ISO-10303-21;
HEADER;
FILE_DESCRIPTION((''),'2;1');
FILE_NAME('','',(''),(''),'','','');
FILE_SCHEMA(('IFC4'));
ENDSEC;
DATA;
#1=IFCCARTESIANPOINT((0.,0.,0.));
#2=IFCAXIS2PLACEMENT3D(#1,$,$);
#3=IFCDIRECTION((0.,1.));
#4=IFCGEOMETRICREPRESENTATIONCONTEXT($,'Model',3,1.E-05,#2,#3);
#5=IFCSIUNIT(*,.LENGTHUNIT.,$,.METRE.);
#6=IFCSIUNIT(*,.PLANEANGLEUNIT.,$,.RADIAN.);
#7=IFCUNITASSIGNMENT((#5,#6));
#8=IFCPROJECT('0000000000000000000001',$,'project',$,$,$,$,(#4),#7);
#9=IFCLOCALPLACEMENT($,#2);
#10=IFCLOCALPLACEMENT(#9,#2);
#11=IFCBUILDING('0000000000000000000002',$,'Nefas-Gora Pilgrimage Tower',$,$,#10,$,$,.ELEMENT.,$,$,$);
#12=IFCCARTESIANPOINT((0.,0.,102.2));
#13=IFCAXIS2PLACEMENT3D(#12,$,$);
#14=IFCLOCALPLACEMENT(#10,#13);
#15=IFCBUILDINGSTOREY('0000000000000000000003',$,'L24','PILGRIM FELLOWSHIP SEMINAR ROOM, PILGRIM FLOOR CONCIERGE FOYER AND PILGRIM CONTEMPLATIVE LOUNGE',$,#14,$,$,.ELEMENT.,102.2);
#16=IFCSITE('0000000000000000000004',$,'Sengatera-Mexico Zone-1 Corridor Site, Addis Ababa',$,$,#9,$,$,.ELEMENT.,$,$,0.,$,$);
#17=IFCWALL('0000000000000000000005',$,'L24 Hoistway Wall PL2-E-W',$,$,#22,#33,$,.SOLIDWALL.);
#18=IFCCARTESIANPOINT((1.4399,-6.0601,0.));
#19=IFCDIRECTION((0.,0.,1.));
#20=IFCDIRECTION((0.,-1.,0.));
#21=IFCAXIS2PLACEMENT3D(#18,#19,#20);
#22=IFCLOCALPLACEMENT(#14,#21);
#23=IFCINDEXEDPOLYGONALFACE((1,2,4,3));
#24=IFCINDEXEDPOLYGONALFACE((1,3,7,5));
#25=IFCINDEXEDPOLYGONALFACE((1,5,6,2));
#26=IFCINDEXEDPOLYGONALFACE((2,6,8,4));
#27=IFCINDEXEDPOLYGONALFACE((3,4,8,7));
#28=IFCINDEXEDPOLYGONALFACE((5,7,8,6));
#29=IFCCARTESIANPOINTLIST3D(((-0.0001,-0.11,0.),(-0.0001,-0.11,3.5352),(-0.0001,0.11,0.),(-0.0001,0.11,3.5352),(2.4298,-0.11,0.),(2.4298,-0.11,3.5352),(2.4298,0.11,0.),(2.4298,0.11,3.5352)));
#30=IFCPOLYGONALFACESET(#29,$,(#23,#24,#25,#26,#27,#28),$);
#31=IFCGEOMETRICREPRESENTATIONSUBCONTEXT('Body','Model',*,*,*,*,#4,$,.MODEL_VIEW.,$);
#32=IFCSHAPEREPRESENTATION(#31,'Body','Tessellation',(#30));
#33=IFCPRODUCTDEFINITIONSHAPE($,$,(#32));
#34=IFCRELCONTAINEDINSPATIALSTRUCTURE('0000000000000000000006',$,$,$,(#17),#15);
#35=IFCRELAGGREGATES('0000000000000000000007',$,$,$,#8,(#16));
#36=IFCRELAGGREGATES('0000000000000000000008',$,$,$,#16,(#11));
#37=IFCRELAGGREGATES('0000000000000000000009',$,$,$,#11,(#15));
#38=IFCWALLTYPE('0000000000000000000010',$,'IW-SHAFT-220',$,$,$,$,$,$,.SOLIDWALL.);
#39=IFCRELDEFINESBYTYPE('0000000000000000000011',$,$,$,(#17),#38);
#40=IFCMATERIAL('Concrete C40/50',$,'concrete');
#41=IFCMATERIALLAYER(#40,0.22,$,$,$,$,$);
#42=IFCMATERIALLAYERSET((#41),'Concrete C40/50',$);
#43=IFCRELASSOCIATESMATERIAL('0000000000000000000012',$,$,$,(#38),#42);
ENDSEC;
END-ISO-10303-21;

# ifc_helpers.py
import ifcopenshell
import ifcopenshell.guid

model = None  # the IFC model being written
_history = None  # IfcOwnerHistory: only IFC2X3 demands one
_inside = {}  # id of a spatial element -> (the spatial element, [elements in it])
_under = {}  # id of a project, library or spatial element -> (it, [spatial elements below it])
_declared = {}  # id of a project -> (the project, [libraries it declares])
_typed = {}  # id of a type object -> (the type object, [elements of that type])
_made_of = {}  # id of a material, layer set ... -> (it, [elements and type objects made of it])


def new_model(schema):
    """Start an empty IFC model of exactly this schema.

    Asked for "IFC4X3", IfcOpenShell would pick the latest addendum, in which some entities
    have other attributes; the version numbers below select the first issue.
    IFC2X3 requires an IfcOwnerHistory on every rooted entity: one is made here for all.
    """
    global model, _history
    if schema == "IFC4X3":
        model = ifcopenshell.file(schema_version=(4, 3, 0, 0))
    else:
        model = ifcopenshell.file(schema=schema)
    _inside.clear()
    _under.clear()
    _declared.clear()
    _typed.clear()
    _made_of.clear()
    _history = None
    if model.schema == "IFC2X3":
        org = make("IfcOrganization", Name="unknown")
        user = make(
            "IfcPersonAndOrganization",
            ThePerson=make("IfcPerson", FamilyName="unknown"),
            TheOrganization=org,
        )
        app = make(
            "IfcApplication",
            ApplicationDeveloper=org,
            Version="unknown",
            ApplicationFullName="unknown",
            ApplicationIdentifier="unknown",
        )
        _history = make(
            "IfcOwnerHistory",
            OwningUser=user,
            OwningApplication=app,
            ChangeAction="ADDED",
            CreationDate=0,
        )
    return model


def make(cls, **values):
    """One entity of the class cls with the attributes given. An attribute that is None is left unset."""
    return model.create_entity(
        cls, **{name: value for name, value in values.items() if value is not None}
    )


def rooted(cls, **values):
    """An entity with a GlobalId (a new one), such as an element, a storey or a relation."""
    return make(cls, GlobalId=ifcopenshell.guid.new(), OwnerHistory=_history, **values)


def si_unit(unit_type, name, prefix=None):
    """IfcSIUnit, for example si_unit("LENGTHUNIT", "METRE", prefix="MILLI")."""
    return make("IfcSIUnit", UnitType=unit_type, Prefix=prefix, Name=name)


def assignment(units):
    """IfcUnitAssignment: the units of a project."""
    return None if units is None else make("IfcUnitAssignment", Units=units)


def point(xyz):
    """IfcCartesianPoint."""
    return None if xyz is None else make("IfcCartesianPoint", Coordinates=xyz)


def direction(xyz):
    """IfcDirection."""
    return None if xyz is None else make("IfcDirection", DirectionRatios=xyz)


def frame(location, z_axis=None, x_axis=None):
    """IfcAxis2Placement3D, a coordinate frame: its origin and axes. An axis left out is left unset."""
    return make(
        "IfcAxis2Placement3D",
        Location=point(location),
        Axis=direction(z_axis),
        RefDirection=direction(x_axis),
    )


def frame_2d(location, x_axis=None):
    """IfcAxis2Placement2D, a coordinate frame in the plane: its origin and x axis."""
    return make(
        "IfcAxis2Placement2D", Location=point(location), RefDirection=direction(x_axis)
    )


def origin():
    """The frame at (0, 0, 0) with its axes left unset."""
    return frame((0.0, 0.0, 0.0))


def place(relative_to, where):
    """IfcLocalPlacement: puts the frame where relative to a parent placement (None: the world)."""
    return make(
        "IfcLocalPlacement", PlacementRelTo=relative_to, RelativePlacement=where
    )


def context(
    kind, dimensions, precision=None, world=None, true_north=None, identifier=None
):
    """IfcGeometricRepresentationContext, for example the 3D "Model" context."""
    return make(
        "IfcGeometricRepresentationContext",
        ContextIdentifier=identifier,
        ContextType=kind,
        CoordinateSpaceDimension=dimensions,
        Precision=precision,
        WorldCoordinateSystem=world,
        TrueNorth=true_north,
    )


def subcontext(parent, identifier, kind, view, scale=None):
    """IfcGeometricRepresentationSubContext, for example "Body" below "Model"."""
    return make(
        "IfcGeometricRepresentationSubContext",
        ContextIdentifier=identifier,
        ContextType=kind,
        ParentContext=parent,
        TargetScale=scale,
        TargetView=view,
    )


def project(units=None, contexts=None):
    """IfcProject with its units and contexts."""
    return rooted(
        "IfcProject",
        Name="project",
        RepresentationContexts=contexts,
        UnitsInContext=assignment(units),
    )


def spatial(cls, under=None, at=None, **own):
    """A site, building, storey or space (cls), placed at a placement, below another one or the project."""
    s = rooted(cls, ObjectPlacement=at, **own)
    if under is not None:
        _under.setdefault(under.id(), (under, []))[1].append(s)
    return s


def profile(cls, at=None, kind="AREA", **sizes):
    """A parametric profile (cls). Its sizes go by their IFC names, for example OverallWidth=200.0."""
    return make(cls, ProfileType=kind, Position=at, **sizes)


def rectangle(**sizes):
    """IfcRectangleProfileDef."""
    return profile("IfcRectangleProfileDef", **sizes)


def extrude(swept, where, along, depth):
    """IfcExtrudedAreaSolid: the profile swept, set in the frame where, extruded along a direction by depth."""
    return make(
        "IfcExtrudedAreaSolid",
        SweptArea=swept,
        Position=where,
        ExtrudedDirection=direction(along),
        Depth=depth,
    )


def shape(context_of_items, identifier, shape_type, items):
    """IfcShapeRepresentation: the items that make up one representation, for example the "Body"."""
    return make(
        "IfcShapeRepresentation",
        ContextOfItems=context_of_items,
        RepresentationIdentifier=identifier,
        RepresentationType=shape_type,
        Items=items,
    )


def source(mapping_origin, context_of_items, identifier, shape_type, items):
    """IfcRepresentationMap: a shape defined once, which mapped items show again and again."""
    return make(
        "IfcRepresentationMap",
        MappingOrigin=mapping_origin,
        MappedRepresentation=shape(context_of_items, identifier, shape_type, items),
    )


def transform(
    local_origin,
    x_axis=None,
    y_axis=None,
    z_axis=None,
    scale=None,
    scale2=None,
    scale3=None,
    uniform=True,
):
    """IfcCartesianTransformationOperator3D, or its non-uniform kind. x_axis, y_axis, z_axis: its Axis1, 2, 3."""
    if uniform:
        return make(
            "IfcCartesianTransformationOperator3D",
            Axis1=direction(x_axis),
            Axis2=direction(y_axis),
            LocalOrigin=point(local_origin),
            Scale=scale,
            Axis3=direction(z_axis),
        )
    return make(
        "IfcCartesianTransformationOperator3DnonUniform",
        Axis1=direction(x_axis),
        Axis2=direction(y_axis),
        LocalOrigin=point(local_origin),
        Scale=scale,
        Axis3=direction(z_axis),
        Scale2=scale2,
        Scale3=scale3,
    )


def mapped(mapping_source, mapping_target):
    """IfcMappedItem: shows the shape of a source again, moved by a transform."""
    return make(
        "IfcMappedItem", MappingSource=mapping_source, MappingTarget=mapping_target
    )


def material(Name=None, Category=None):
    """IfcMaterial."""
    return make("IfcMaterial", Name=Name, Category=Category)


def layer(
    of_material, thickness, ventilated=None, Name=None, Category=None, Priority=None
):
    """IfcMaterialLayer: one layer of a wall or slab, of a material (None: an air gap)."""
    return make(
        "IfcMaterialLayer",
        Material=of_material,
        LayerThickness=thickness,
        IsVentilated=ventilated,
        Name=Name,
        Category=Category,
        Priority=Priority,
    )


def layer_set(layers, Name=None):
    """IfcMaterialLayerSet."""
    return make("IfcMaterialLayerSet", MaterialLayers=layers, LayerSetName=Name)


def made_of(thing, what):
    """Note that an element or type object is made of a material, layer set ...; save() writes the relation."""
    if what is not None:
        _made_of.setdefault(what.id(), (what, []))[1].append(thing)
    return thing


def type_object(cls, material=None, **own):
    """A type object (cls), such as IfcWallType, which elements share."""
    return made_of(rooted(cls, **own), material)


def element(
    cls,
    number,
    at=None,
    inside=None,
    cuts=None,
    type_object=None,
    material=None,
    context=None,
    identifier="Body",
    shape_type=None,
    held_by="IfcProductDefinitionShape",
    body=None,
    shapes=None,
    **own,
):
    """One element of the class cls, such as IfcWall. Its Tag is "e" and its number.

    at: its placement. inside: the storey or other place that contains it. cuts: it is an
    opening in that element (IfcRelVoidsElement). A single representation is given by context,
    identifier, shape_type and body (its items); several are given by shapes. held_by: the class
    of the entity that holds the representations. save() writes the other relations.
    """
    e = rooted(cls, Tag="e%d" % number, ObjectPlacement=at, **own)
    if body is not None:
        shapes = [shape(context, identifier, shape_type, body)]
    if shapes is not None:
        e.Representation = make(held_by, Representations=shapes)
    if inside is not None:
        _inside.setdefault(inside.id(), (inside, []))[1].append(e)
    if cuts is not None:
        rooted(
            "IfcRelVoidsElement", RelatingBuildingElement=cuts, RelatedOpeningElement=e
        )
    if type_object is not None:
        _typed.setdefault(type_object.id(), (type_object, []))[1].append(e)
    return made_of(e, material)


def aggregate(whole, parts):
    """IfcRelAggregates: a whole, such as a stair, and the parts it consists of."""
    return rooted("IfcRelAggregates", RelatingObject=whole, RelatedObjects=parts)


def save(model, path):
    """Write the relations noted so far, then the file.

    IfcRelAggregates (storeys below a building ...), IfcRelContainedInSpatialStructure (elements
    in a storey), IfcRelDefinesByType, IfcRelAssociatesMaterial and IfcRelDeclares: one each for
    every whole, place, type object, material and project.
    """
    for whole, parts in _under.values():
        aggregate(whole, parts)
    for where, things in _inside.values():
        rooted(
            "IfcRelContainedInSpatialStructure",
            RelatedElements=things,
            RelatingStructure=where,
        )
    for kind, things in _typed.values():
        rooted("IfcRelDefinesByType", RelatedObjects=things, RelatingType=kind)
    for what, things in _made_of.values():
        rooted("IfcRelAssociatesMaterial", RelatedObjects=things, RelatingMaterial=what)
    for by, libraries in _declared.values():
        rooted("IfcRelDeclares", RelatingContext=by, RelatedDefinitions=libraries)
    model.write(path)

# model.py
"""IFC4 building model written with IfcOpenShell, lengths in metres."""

from ifc_helpers import new_model, si_unit, direction, frame, frame_2d, origin, place, context, subcontext, project, spatial, rectangle, extrude, source, transform, mapped, material, layer, layer_set, type_object, element, save


model = new_model("IFC4")

# Units and contexts
model_context = context("Model", 3, precision=1e-05, world=origin(), true_north=direction((0.0, 1.0)))
body_context = subcontext(model_context, "Body", "Model", "MODEL_VIEW")
ifc_project = project(units=[si_unit("LENGTHUNIT", "METRE"), si_unit("PLANEANGLEUNIT", "RADIAN")], contexts=[model_context])

# Site, building, storey
site_placement = place(None, origin())
site = spatial("IfcSite", under=ifc_project, at=site_placement, Name="Sengatera-Mexico Zone-1 Corridor Site, Addis Ababa", CompositionType="ELEMENT", RefElevation=0.0)
building_placement = place(site_placement, origin())
building = spatial("IfcBuilding", under=site, at=building_placement, Name="Nefas-Gora Pilgrimage Tower", CompositionType="ELEMENT")
storey_placement = place(building_placement, frame((0.0, 0.0, 102.2)))
storey = spatial("IfcBuildingStorey", under=building, at=storey_placement, Name="L24", Description="PILGRIM FELLOWSHIP SEMINAR ROOM, PILGRIM FLOOR CONCIERGE FOYER AND PILGRIM CONTEMPLATIVE LOUNGE", CompositionType="ELEMENT", Elevation=102.2)

# Shared definitions
ifc_material_1 = material(Name="Concrete C40/50", Category="concrete")
ifc_layer_1 = layer(ifc_material_1, 0.22)
ifc_layer_set_1 = layer_set([ifc_layer_1], Name="Concrete C40/50")
wall_type_1 = type_object("IfcWallType", Name="IW-SHAFT-220", PredefinedType="SOLIDWALL", material=ifc_layer_set_1)

# Wall
shared_shape_1 = source(origin(), body_context, "Body", "SweptSolid", [
    extrude(rectangle(XDim=2.4299, YDim=0.22, at=frame_2d((1.2148, 0.0))), origin(), (0.0, 0.0, 1.0), 3.5352),
])
for number, where, z_axis, x_axis, name in (
    (1, (1.4399, -6.0601, 0.0), (0.0, 0.0, 1.0), (0.0, -1.0, 0.0), "L24 Hoistway Wall PL2-E-W"),
):
    element("IfcWall", number, at=place(storey_placement, frame(where, z_axis=z_axis, x_axis=x_axis)), inside=storey, type_object=wall_type_1, Name=name, PredefinedType="SOLIDWALL", context=body_context, shape_type="MappedRepresentation", body=[
        mapped(shared_shape_1, transform((0.0, 0.0, 0.0), x_axis=(1.0, 0.0, 0.0), y_axis=(0.0, 1.0, 0.0), z_axis=(0.0, 0.0, 1.0), scale=1.0)),
    ])

save(model, "model.ifc")
